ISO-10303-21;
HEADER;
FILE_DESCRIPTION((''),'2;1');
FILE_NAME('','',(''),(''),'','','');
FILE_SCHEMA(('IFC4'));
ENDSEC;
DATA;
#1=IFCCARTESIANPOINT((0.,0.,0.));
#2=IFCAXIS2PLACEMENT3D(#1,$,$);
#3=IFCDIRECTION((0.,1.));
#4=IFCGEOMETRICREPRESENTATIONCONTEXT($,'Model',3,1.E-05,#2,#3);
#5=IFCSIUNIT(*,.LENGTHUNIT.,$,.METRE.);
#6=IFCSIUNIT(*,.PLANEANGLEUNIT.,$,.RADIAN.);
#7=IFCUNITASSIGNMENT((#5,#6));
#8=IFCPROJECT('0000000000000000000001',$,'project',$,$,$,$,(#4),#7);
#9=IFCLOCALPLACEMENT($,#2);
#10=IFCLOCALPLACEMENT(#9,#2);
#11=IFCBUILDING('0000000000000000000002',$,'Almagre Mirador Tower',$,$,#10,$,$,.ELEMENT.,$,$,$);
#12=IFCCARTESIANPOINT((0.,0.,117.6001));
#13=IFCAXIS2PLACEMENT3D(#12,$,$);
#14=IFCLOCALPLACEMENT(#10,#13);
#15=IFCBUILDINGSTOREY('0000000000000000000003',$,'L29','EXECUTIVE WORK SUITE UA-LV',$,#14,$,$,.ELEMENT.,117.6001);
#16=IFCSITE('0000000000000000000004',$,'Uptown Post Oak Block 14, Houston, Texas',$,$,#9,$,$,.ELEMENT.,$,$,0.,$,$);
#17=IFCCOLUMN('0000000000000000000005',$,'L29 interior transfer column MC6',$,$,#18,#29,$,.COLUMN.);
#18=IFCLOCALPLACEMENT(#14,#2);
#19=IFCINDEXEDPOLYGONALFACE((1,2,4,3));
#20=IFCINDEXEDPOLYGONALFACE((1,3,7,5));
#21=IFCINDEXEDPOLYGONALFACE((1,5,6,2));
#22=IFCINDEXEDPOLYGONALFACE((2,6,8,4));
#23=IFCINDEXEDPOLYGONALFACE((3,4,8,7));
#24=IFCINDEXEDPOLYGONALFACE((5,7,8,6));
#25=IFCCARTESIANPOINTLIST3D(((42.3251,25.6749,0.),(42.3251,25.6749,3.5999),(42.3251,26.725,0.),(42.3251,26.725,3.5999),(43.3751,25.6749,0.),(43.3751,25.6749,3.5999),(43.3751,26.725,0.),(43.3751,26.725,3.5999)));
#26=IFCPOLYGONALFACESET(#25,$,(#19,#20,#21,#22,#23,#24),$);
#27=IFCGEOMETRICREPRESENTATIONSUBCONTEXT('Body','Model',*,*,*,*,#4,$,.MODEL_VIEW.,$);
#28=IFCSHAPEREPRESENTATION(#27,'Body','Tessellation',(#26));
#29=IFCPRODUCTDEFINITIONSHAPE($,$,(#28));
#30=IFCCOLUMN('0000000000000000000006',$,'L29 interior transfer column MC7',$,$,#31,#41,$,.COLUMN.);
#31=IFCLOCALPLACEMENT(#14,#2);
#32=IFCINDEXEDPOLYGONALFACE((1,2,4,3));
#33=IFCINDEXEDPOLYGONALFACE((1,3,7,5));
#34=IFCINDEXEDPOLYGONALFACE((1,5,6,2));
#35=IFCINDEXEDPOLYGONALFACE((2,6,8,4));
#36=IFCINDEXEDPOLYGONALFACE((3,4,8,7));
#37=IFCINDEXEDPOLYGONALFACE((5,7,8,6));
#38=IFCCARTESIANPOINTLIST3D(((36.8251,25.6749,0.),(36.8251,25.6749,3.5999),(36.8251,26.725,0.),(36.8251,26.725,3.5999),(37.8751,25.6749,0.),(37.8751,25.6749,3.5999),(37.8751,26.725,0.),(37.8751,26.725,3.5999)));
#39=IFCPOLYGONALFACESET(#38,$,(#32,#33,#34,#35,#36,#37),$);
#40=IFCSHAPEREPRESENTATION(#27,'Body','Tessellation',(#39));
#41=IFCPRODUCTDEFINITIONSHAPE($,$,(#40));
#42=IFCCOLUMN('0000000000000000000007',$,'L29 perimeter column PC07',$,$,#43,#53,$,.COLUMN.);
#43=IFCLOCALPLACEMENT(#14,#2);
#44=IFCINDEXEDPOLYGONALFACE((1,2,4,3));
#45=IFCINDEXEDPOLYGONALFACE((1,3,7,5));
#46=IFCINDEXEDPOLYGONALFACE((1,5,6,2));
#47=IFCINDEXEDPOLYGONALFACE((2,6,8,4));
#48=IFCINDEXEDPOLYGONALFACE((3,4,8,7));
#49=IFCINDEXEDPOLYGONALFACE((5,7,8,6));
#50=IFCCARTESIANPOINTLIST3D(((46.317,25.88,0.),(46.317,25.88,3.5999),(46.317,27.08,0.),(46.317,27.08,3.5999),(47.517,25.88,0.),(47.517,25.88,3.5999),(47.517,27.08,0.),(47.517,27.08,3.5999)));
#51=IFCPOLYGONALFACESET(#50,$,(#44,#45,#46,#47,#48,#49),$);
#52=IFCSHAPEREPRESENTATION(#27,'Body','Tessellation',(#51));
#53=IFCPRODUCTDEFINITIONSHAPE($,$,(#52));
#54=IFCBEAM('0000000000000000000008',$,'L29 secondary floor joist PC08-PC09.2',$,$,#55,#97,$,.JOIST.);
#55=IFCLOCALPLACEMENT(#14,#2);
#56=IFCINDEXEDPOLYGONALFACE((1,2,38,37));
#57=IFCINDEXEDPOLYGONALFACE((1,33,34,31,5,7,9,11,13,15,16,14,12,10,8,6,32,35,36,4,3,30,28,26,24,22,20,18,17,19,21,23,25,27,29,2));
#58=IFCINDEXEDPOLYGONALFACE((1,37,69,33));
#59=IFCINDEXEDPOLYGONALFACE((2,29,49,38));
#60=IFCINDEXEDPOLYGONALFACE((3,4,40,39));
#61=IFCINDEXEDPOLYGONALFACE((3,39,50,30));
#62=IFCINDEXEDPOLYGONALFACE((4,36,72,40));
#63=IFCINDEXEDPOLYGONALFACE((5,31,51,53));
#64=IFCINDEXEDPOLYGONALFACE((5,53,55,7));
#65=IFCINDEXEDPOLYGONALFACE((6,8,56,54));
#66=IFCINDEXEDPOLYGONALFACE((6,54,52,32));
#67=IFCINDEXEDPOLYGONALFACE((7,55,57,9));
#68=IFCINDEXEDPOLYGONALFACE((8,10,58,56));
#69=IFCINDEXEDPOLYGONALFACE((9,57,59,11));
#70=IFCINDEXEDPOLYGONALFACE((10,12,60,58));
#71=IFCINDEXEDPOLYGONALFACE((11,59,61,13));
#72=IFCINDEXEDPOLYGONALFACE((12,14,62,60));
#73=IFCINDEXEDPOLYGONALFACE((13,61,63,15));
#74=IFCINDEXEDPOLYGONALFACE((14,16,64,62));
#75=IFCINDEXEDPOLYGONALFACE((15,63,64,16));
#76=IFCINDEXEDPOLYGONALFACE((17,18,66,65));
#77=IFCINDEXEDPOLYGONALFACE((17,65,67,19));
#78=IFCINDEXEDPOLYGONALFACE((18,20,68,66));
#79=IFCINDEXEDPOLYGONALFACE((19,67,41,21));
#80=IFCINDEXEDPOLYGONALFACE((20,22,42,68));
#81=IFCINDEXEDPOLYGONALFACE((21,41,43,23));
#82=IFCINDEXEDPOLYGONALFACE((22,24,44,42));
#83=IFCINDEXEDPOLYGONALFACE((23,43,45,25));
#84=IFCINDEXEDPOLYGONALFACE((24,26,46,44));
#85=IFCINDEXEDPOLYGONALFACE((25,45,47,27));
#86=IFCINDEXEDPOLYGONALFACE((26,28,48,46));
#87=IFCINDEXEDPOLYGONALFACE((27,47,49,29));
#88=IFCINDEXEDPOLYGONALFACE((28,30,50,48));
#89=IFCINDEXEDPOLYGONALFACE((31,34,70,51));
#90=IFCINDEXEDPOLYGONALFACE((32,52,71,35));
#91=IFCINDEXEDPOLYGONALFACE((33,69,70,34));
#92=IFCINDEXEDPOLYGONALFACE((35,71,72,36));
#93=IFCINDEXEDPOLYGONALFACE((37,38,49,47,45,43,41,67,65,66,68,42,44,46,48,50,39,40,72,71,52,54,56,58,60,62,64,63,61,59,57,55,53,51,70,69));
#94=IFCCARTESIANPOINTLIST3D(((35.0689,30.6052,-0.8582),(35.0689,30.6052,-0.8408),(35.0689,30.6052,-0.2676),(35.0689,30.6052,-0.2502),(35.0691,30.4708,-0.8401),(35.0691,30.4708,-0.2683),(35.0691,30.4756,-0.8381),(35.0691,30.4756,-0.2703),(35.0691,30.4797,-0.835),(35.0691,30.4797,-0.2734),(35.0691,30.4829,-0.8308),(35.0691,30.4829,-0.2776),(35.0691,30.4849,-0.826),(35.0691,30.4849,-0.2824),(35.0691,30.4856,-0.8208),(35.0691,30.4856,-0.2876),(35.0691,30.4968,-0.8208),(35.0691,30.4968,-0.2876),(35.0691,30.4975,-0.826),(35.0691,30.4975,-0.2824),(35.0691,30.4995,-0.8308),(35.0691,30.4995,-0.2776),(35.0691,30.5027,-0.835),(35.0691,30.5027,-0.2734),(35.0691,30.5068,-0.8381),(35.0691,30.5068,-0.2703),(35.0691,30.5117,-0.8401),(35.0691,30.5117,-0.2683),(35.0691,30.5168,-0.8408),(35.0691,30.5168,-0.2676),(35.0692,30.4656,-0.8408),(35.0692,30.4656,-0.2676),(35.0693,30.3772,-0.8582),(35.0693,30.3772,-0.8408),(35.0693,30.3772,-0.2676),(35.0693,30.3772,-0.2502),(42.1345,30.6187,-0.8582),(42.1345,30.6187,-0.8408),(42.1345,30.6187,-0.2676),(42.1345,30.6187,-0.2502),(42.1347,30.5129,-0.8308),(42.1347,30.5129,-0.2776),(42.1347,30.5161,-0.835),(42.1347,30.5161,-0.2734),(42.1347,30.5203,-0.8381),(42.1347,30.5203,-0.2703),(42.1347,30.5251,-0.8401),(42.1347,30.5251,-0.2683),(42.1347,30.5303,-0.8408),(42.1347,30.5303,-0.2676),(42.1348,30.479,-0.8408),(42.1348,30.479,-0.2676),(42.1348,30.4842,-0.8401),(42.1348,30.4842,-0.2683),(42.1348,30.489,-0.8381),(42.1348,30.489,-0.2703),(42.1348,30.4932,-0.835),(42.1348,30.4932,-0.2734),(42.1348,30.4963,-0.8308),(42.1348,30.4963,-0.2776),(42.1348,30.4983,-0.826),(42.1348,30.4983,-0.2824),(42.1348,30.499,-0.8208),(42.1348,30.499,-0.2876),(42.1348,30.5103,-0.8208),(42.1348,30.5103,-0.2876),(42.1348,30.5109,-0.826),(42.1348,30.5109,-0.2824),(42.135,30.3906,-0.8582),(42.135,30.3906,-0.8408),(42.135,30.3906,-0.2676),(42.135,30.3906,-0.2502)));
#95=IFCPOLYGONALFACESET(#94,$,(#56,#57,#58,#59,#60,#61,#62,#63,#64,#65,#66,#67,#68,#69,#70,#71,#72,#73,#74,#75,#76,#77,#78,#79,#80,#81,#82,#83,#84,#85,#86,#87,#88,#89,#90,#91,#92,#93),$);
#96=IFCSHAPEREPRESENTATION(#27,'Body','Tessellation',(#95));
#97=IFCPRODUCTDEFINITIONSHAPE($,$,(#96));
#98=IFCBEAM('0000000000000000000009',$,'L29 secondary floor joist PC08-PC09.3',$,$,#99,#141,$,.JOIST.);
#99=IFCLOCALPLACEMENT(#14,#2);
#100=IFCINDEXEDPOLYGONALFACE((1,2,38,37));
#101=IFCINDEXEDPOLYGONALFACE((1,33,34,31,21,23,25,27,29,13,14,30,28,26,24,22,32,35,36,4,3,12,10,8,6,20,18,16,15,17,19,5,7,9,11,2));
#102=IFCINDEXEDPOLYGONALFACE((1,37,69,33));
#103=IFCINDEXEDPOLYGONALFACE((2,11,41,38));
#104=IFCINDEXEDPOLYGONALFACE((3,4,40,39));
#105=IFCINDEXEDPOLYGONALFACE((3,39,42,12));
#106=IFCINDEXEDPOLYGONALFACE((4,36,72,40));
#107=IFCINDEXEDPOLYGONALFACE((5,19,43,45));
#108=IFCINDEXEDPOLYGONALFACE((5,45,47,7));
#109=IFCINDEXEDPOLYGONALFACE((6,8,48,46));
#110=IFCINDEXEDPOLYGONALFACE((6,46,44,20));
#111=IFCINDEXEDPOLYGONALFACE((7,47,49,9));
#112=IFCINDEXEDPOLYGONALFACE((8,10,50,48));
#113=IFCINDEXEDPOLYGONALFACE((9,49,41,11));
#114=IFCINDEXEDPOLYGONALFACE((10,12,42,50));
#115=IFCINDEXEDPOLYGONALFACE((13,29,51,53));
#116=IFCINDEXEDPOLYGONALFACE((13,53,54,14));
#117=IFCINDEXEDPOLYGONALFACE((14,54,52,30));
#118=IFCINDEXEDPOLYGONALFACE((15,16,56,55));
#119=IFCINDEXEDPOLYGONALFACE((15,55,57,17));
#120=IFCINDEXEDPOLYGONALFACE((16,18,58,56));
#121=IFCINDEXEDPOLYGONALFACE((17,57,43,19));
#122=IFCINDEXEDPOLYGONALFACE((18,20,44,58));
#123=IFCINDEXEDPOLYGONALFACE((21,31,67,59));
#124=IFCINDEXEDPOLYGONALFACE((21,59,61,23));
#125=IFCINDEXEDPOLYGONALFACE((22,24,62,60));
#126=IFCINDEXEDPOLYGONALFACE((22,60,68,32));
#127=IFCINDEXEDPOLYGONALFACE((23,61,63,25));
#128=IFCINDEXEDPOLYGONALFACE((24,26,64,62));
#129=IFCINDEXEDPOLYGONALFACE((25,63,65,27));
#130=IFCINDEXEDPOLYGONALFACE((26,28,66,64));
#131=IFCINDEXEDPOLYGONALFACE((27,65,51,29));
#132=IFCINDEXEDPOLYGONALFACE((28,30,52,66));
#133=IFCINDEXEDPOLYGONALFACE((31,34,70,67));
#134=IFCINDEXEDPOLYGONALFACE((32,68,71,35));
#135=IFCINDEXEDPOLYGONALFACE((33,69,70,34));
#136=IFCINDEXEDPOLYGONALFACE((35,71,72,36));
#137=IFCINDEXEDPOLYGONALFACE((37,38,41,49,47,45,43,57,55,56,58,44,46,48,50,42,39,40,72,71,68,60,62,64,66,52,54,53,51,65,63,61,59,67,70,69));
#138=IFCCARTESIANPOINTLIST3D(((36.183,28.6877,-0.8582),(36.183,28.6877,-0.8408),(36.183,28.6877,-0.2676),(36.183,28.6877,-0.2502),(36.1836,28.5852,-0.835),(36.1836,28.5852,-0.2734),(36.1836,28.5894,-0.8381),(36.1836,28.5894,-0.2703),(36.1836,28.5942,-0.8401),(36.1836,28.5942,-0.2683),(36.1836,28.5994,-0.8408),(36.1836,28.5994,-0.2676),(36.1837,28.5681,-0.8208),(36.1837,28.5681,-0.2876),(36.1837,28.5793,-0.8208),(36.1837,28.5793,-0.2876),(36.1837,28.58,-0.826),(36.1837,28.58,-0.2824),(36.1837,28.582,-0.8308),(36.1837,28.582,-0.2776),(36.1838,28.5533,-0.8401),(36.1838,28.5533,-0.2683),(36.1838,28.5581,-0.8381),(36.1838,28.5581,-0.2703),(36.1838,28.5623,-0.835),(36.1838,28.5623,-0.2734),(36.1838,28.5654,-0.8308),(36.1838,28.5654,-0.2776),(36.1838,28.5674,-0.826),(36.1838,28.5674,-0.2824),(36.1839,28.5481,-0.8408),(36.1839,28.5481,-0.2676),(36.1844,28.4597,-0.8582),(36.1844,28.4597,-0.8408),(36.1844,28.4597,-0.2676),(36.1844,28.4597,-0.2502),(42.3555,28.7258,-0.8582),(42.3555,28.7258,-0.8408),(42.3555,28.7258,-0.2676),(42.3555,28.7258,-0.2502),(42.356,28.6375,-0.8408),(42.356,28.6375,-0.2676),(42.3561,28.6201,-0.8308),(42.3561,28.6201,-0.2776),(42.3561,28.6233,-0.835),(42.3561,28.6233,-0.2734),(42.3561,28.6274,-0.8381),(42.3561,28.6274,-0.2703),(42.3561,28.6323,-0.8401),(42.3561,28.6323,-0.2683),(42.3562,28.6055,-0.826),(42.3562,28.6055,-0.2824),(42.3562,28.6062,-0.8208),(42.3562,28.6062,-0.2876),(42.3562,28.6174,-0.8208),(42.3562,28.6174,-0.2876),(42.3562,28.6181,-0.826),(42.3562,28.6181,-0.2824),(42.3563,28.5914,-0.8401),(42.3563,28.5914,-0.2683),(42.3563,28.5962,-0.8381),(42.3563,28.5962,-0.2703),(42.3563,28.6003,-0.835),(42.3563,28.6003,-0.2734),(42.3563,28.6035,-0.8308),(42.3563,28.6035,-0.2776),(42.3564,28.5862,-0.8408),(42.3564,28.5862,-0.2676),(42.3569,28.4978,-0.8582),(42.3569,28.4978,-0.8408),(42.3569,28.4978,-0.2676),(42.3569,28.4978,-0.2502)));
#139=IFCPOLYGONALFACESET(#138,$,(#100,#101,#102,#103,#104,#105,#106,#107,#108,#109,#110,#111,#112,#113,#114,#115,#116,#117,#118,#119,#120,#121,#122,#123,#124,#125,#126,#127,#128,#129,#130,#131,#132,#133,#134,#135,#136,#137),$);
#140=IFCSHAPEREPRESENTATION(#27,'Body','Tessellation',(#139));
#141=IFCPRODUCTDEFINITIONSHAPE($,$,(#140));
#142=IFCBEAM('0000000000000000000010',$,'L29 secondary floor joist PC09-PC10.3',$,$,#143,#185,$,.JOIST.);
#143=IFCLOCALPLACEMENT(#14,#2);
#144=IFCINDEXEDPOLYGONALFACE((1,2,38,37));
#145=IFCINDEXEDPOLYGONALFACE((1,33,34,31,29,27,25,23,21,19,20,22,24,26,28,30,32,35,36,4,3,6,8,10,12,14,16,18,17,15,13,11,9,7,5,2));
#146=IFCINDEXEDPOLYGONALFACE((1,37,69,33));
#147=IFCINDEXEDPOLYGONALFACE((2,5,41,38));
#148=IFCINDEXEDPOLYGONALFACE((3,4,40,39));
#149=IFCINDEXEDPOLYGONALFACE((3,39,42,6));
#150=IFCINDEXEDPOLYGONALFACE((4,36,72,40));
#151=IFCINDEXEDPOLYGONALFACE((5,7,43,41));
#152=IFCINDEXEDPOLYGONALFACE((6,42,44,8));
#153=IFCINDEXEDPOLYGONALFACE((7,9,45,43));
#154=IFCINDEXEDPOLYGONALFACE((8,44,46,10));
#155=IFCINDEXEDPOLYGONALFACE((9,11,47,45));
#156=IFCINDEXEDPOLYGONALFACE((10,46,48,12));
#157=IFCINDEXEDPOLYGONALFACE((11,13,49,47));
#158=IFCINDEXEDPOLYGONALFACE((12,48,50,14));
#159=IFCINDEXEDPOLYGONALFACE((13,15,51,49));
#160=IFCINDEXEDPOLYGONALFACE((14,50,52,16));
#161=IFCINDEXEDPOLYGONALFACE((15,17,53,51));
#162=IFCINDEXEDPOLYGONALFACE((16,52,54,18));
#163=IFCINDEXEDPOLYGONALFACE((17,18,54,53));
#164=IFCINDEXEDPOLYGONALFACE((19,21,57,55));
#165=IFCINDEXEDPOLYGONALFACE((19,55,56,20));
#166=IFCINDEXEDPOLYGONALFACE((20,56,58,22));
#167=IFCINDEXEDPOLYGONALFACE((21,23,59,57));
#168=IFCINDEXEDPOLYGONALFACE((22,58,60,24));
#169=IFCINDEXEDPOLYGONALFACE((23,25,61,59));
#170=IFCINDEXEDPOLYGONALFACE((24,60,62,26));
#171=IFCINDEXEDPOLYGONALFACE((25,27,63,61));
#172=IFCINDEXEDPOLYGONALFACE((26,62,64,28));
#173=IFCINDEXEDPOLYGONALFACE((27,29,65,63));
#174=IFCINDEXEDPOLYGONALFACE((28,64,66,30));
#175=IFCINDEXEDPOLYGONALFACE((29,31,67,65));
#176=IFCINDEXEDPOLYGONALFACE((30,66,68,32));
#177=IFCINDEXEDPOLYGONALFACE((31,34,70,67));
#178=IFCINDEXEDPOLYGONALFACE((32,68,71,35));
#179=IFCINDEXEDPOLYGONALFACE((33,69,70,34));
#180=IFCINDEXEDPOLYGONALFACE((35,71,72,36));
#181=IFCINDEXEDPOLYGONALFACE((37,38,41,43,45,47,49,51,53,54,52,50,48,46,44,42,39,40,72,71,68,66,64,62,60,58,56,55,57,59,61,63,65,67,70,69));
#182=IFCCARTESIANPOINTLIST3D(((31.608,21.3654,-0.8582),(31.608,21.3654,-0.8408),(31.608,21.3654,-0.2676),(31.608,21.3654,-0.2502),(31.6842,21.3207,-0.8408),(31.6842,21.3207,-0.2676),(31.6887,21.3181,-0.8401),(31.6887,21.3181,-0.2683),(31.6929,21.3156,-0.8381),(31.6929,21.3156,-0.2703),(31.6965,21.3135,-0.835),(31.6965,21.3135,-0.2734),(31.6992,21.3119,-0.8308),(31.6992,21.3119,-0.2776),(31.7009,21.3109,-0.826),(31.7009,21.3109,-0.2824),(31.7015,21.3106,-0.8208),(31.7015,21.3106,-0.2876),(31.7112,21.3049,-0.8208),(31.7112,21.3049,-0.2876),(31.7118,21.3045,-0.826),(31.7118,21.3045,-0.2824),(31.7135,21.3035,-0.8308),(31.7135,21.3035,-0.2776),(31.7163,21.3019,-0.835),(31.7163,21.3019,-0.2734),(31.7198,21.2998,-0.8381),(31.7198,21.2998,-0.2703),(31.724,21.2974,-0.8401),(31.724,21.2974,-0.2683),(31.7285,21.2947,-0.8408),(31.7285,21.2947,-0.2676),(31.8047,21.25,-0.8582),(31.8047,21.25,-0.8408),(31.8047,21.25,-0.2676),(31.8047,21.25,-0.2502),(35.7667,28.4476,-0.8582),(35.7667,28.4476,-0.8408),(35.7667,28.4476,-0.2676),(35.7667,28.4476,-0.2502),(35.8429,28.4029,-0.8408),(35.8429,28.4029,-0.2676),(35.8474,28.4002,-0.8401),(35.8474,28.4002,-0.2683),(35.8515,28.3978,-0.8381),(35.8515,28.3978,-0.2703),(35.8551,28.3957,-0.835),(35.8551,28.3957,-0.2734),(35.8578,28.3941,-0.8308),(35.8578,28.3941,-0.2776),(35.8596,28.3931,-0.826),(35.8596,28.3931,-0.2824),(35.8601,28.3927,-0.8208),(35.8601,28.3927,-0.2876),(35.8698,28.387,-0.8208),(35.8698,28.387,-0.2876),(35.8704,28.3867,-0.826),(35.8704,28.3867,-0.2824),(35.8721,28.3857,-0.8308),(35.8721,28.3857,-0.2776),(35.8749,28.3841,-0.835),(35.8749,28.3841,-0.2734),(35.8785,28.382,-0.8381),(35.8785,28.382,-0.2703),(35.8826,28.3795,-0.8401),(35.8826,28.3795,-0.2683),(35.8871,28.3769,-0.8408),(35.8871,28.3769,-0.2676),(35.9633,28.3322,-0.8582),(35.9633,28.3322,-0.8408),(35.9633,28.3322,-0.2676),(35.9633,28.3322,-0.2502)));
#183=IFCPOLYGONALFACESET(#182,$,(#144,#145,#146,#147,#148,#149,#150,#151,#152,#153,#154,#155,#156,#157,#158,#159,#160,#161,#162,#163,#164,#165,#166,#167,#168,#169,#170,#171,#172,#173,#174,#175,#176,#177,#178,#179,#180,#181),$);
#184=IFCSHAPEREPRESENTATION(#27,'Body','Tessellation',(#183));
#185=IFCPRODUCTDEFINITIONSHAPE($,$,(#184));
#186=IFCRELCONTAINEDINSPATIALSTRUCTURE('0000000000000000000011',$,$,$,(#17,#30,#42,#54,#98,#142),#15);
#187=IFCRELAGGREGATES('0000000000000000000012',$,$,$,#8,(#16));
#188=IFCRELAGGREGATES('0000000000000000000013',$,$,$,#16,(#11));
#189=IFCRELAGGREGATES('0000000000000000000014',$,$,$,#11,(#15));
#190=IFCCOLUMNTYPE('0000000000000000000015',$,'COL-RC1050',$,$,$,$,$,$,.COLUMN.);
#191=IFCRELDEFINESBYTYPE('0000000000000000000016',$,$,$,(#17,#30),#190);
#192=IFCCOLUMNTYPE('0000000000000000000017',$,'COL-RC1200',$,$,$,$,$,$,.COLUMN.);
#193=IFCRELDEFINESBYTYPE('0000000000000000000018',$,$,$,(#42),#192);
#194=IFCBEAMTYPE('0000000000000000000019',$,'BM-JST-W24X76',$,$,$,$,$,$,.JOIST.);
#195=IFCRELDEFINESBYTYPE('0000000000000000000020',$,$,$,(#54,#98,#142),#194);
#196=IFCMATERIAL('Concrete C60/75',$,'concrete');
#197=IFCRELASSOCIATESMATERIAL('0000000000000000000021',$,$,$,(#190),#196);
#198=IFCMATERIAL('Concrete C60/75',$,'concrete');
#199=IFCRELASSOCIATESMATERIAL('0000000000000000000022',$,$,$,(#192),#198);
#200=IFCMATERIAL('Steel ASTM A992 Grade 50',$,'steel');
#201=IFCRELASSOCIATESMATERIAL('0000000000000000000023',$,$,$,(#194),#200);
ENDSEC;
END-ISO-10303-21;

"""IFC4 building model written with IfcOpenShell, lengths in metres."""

from ifc_helpers import new_model, si_unit, direction, frame, origin, origin_2d, place, context, subcontext, project, spatial, rectangle, i_section, extrude, material, material_profile, profile_set, type_object, element, save


model = new_model("IFC4")

# Units and contexts
model_context = context("Model", 3, precision=1e-05, world=origin(), true_north=direction((0.0, 1.0)))
body_context = subcontext(model_context, "Body", "Model", "MODEL_VIEW")
ifc_project = project(units=[si_unit("LENGTHUNIT", "METRE"), si_unit("PLANEANGLEUNIT", "RADIAN")], contexts=[model_context])

# Site, building, storey
site_placement = place(None, origin())
site = spatial("IfcSite", under=ifc_project, at=site_placement, Name="Uptown Post Oak Block 14, Houston, Texas", CompositionType="ELEMENT", RefElevation=0.0)
building_placement = place(site_placement, origin())
building = spatial("IfcBuilding", under=site, at=building_placement, Name="Almagre Mirador Tower", CompositionType="ELEMENT")
storey_placement = place(building_placement, frame((0.0, 0.0, 117.6001)))
storey = spatial("IfcBuildingStorey", under=building, at=storey_placement, Name="L29", Description="EXECUTIVE WORK SUITE UA-LV", CompositionType="ELEMENT", Elevation=117.6001)

# Columns
ifc_material_1 = material(Name="Concrete C60/75", Category="concrete")
ifc_material_profile_1 = material_profile(ifc_material_1, rectangle(XDim=1.05, YDim=1.05, at=origin_2d()), Name="RC1050X1050")
ifc_profile_set_1 = profile_set([ifc_material_profile_1], Name="Concrete C60/75")
column_type_1 = type_object("IfcColumnType", Name="COL-RC1050", PredefinedType="COLUMN", material=ifc_profile_set_1)
for number, where, z_axis, x_axis, name in (
    (1, (42.8501, 26.2, 0.0), (0.0, 0.0, 1.0), (1.0, 0.0, 0.0), "L29 interior transfer column MC6"),
    (2, (37.3501, 26.2, 0.0), (0.0, 0.0, 1.0), (1.0, 0.0, 0.0), "L29 interior transfer column MC7"),
):
    element("IfcColumn", number, at=place(storey_placement, frame(where, z_axis=z_axis, x_axis=x_axis)), inside=storey, type_object=column_type_1, Name=name, PredefinedType="COLUMN", context=body_context, shape_type="SweptSolid", body=[
        extrude(rectangle(XDim=1.05, YDim=1.05, at=origin_2d()), origin(), (0.0, 0.0, 1.0), 3.5999),
    ])
ifc_material_2 = material(Name="Concrete C60/75", Category="concrete")
ifc_material_profile_2 = material_profile(ifc_material_2, rectangle(XDim=1.2, YDim=1.2, at=origin_2d()), Name="RC1200X1200")
ifc_profile_set_2 = profile_set([ifc_material_profile_2], Name="Concrete C60/75")
column_type_2 = type_object("IfcColumnType", Name="COL-RC1200", PredefinedType="COLUMN", material=ifc_profile_set_2)
column_placement = place(storey_placement, frame((46.917, 26.48, 0.0), z_axis=(0.0, 0.0, 1.0), x_axis=(1.0, 0.0, 0.0)))
element("IfcColumn", 3, at=column_placement, inside=storey, type_object=column_type_2, Name="L29 perimeter column PC07", PredefinedType="COLUMN", context=body_context, shape_type="SweptSolid", body=[
    extrude(rectangle(XDim=1.2, YDim=1.2, at=origin_2d()), origin(), (0.0, 0.0, 1.0), 3.5999),
])

# Beams
ifc_material_3 = material(Name="Steel ASTM A992 Grade 50", Category="steel")
ifc_material_profile_3 = material_profile(ifc_material_3, i_section(OverallWidth=0.228, OverallDepth=0.6079, WebThickness=0.0112, FlangeThickness=0.0173, FilletRadius=0.02, at=origin_2d()), Name="W24X76")
ifc_profile_set_3 = profile_set([ifc_material_profile_3], Name="Steel ASTM A992 Grade 50")
beam_type_1 = type_object("IfcBeamType", Name="BM-JST-W24X76", PredefinedType="JOIST", material=ifc_profile_set_3)
beam_1_placement = place(storey_placement, frame((42.1348, 30.5046, -0.5542), z_axis=(-0.999998, -0.0019, 0.0), x_axis=(0.0019, -0.999998, 0.0)))
element("IfcBeam", 4, at=beam_1_placement, inside=storey, type_object=beam_type_1, Name="L29 secondary floor joist PC08-PC09.2", PredefinedType="JOIST", context=body_context, shape_type="SweptSolid", body=[
    extrude(i_section(OverallWidth=0.228, OverallDepth=0.6079, WebThickness=0.0112, FlangeThickness=0.0173, FilletRadius=0.02, at=origin_2d()), origin(), (0.0, 0.0, 1.0), 7.0657),
])
beam_2_placement = place(storey_placement, frame((42.3562, 28.6118, -0.5542), z_axis=(-0.999981, -0.00617, 0.0), x_axis=(0.00617, -0.999981, 0.0)))
element("IfcBeam", 5, at=beam_2_placement, inside=storey, type_object=beam_type_1, Name="L29 secondary floor joist PC08-PC09.3", PredefinedType="JOIST", context=body_context, shape_type="SweptSolid", body=[
    extrude(i_section(OverallWidth=0.228, OverallDepth=0.6079, WebThickness=0.0112, FlangeThickness=0.0173, FilletRadius=0.02, at=origin_2d()), origin(), (0.0, 0.0, 1.0), 6.1726),
])
beam_3_placement = place(storey_placement, frame((35.865, 28.3899, -0.5542), z_axis=(-0.506355, -0.862325, 0.0), x_axis=(0.862325, -0.506355, 0.0)))
element("IfcBeam", 6, at=beam_3_placement, inside=storey, type_object=beam_type_1, Name="L29 secondary floor joist PC09-PC10.3", PredefinedType="JOIST", context=body_context, shape_type="SweptSolid", body=[
    extrude(i_section(OverallWidth=0.228, OverallDepth=0.6079, WebThickness=0.0112, FlangeThickness=0.0173, FilletRadius=0.02, at=origin_2d()), origin(), (0.0, 0.0, 1.0), 8.2129),
])

save(model, "model.ifc")
